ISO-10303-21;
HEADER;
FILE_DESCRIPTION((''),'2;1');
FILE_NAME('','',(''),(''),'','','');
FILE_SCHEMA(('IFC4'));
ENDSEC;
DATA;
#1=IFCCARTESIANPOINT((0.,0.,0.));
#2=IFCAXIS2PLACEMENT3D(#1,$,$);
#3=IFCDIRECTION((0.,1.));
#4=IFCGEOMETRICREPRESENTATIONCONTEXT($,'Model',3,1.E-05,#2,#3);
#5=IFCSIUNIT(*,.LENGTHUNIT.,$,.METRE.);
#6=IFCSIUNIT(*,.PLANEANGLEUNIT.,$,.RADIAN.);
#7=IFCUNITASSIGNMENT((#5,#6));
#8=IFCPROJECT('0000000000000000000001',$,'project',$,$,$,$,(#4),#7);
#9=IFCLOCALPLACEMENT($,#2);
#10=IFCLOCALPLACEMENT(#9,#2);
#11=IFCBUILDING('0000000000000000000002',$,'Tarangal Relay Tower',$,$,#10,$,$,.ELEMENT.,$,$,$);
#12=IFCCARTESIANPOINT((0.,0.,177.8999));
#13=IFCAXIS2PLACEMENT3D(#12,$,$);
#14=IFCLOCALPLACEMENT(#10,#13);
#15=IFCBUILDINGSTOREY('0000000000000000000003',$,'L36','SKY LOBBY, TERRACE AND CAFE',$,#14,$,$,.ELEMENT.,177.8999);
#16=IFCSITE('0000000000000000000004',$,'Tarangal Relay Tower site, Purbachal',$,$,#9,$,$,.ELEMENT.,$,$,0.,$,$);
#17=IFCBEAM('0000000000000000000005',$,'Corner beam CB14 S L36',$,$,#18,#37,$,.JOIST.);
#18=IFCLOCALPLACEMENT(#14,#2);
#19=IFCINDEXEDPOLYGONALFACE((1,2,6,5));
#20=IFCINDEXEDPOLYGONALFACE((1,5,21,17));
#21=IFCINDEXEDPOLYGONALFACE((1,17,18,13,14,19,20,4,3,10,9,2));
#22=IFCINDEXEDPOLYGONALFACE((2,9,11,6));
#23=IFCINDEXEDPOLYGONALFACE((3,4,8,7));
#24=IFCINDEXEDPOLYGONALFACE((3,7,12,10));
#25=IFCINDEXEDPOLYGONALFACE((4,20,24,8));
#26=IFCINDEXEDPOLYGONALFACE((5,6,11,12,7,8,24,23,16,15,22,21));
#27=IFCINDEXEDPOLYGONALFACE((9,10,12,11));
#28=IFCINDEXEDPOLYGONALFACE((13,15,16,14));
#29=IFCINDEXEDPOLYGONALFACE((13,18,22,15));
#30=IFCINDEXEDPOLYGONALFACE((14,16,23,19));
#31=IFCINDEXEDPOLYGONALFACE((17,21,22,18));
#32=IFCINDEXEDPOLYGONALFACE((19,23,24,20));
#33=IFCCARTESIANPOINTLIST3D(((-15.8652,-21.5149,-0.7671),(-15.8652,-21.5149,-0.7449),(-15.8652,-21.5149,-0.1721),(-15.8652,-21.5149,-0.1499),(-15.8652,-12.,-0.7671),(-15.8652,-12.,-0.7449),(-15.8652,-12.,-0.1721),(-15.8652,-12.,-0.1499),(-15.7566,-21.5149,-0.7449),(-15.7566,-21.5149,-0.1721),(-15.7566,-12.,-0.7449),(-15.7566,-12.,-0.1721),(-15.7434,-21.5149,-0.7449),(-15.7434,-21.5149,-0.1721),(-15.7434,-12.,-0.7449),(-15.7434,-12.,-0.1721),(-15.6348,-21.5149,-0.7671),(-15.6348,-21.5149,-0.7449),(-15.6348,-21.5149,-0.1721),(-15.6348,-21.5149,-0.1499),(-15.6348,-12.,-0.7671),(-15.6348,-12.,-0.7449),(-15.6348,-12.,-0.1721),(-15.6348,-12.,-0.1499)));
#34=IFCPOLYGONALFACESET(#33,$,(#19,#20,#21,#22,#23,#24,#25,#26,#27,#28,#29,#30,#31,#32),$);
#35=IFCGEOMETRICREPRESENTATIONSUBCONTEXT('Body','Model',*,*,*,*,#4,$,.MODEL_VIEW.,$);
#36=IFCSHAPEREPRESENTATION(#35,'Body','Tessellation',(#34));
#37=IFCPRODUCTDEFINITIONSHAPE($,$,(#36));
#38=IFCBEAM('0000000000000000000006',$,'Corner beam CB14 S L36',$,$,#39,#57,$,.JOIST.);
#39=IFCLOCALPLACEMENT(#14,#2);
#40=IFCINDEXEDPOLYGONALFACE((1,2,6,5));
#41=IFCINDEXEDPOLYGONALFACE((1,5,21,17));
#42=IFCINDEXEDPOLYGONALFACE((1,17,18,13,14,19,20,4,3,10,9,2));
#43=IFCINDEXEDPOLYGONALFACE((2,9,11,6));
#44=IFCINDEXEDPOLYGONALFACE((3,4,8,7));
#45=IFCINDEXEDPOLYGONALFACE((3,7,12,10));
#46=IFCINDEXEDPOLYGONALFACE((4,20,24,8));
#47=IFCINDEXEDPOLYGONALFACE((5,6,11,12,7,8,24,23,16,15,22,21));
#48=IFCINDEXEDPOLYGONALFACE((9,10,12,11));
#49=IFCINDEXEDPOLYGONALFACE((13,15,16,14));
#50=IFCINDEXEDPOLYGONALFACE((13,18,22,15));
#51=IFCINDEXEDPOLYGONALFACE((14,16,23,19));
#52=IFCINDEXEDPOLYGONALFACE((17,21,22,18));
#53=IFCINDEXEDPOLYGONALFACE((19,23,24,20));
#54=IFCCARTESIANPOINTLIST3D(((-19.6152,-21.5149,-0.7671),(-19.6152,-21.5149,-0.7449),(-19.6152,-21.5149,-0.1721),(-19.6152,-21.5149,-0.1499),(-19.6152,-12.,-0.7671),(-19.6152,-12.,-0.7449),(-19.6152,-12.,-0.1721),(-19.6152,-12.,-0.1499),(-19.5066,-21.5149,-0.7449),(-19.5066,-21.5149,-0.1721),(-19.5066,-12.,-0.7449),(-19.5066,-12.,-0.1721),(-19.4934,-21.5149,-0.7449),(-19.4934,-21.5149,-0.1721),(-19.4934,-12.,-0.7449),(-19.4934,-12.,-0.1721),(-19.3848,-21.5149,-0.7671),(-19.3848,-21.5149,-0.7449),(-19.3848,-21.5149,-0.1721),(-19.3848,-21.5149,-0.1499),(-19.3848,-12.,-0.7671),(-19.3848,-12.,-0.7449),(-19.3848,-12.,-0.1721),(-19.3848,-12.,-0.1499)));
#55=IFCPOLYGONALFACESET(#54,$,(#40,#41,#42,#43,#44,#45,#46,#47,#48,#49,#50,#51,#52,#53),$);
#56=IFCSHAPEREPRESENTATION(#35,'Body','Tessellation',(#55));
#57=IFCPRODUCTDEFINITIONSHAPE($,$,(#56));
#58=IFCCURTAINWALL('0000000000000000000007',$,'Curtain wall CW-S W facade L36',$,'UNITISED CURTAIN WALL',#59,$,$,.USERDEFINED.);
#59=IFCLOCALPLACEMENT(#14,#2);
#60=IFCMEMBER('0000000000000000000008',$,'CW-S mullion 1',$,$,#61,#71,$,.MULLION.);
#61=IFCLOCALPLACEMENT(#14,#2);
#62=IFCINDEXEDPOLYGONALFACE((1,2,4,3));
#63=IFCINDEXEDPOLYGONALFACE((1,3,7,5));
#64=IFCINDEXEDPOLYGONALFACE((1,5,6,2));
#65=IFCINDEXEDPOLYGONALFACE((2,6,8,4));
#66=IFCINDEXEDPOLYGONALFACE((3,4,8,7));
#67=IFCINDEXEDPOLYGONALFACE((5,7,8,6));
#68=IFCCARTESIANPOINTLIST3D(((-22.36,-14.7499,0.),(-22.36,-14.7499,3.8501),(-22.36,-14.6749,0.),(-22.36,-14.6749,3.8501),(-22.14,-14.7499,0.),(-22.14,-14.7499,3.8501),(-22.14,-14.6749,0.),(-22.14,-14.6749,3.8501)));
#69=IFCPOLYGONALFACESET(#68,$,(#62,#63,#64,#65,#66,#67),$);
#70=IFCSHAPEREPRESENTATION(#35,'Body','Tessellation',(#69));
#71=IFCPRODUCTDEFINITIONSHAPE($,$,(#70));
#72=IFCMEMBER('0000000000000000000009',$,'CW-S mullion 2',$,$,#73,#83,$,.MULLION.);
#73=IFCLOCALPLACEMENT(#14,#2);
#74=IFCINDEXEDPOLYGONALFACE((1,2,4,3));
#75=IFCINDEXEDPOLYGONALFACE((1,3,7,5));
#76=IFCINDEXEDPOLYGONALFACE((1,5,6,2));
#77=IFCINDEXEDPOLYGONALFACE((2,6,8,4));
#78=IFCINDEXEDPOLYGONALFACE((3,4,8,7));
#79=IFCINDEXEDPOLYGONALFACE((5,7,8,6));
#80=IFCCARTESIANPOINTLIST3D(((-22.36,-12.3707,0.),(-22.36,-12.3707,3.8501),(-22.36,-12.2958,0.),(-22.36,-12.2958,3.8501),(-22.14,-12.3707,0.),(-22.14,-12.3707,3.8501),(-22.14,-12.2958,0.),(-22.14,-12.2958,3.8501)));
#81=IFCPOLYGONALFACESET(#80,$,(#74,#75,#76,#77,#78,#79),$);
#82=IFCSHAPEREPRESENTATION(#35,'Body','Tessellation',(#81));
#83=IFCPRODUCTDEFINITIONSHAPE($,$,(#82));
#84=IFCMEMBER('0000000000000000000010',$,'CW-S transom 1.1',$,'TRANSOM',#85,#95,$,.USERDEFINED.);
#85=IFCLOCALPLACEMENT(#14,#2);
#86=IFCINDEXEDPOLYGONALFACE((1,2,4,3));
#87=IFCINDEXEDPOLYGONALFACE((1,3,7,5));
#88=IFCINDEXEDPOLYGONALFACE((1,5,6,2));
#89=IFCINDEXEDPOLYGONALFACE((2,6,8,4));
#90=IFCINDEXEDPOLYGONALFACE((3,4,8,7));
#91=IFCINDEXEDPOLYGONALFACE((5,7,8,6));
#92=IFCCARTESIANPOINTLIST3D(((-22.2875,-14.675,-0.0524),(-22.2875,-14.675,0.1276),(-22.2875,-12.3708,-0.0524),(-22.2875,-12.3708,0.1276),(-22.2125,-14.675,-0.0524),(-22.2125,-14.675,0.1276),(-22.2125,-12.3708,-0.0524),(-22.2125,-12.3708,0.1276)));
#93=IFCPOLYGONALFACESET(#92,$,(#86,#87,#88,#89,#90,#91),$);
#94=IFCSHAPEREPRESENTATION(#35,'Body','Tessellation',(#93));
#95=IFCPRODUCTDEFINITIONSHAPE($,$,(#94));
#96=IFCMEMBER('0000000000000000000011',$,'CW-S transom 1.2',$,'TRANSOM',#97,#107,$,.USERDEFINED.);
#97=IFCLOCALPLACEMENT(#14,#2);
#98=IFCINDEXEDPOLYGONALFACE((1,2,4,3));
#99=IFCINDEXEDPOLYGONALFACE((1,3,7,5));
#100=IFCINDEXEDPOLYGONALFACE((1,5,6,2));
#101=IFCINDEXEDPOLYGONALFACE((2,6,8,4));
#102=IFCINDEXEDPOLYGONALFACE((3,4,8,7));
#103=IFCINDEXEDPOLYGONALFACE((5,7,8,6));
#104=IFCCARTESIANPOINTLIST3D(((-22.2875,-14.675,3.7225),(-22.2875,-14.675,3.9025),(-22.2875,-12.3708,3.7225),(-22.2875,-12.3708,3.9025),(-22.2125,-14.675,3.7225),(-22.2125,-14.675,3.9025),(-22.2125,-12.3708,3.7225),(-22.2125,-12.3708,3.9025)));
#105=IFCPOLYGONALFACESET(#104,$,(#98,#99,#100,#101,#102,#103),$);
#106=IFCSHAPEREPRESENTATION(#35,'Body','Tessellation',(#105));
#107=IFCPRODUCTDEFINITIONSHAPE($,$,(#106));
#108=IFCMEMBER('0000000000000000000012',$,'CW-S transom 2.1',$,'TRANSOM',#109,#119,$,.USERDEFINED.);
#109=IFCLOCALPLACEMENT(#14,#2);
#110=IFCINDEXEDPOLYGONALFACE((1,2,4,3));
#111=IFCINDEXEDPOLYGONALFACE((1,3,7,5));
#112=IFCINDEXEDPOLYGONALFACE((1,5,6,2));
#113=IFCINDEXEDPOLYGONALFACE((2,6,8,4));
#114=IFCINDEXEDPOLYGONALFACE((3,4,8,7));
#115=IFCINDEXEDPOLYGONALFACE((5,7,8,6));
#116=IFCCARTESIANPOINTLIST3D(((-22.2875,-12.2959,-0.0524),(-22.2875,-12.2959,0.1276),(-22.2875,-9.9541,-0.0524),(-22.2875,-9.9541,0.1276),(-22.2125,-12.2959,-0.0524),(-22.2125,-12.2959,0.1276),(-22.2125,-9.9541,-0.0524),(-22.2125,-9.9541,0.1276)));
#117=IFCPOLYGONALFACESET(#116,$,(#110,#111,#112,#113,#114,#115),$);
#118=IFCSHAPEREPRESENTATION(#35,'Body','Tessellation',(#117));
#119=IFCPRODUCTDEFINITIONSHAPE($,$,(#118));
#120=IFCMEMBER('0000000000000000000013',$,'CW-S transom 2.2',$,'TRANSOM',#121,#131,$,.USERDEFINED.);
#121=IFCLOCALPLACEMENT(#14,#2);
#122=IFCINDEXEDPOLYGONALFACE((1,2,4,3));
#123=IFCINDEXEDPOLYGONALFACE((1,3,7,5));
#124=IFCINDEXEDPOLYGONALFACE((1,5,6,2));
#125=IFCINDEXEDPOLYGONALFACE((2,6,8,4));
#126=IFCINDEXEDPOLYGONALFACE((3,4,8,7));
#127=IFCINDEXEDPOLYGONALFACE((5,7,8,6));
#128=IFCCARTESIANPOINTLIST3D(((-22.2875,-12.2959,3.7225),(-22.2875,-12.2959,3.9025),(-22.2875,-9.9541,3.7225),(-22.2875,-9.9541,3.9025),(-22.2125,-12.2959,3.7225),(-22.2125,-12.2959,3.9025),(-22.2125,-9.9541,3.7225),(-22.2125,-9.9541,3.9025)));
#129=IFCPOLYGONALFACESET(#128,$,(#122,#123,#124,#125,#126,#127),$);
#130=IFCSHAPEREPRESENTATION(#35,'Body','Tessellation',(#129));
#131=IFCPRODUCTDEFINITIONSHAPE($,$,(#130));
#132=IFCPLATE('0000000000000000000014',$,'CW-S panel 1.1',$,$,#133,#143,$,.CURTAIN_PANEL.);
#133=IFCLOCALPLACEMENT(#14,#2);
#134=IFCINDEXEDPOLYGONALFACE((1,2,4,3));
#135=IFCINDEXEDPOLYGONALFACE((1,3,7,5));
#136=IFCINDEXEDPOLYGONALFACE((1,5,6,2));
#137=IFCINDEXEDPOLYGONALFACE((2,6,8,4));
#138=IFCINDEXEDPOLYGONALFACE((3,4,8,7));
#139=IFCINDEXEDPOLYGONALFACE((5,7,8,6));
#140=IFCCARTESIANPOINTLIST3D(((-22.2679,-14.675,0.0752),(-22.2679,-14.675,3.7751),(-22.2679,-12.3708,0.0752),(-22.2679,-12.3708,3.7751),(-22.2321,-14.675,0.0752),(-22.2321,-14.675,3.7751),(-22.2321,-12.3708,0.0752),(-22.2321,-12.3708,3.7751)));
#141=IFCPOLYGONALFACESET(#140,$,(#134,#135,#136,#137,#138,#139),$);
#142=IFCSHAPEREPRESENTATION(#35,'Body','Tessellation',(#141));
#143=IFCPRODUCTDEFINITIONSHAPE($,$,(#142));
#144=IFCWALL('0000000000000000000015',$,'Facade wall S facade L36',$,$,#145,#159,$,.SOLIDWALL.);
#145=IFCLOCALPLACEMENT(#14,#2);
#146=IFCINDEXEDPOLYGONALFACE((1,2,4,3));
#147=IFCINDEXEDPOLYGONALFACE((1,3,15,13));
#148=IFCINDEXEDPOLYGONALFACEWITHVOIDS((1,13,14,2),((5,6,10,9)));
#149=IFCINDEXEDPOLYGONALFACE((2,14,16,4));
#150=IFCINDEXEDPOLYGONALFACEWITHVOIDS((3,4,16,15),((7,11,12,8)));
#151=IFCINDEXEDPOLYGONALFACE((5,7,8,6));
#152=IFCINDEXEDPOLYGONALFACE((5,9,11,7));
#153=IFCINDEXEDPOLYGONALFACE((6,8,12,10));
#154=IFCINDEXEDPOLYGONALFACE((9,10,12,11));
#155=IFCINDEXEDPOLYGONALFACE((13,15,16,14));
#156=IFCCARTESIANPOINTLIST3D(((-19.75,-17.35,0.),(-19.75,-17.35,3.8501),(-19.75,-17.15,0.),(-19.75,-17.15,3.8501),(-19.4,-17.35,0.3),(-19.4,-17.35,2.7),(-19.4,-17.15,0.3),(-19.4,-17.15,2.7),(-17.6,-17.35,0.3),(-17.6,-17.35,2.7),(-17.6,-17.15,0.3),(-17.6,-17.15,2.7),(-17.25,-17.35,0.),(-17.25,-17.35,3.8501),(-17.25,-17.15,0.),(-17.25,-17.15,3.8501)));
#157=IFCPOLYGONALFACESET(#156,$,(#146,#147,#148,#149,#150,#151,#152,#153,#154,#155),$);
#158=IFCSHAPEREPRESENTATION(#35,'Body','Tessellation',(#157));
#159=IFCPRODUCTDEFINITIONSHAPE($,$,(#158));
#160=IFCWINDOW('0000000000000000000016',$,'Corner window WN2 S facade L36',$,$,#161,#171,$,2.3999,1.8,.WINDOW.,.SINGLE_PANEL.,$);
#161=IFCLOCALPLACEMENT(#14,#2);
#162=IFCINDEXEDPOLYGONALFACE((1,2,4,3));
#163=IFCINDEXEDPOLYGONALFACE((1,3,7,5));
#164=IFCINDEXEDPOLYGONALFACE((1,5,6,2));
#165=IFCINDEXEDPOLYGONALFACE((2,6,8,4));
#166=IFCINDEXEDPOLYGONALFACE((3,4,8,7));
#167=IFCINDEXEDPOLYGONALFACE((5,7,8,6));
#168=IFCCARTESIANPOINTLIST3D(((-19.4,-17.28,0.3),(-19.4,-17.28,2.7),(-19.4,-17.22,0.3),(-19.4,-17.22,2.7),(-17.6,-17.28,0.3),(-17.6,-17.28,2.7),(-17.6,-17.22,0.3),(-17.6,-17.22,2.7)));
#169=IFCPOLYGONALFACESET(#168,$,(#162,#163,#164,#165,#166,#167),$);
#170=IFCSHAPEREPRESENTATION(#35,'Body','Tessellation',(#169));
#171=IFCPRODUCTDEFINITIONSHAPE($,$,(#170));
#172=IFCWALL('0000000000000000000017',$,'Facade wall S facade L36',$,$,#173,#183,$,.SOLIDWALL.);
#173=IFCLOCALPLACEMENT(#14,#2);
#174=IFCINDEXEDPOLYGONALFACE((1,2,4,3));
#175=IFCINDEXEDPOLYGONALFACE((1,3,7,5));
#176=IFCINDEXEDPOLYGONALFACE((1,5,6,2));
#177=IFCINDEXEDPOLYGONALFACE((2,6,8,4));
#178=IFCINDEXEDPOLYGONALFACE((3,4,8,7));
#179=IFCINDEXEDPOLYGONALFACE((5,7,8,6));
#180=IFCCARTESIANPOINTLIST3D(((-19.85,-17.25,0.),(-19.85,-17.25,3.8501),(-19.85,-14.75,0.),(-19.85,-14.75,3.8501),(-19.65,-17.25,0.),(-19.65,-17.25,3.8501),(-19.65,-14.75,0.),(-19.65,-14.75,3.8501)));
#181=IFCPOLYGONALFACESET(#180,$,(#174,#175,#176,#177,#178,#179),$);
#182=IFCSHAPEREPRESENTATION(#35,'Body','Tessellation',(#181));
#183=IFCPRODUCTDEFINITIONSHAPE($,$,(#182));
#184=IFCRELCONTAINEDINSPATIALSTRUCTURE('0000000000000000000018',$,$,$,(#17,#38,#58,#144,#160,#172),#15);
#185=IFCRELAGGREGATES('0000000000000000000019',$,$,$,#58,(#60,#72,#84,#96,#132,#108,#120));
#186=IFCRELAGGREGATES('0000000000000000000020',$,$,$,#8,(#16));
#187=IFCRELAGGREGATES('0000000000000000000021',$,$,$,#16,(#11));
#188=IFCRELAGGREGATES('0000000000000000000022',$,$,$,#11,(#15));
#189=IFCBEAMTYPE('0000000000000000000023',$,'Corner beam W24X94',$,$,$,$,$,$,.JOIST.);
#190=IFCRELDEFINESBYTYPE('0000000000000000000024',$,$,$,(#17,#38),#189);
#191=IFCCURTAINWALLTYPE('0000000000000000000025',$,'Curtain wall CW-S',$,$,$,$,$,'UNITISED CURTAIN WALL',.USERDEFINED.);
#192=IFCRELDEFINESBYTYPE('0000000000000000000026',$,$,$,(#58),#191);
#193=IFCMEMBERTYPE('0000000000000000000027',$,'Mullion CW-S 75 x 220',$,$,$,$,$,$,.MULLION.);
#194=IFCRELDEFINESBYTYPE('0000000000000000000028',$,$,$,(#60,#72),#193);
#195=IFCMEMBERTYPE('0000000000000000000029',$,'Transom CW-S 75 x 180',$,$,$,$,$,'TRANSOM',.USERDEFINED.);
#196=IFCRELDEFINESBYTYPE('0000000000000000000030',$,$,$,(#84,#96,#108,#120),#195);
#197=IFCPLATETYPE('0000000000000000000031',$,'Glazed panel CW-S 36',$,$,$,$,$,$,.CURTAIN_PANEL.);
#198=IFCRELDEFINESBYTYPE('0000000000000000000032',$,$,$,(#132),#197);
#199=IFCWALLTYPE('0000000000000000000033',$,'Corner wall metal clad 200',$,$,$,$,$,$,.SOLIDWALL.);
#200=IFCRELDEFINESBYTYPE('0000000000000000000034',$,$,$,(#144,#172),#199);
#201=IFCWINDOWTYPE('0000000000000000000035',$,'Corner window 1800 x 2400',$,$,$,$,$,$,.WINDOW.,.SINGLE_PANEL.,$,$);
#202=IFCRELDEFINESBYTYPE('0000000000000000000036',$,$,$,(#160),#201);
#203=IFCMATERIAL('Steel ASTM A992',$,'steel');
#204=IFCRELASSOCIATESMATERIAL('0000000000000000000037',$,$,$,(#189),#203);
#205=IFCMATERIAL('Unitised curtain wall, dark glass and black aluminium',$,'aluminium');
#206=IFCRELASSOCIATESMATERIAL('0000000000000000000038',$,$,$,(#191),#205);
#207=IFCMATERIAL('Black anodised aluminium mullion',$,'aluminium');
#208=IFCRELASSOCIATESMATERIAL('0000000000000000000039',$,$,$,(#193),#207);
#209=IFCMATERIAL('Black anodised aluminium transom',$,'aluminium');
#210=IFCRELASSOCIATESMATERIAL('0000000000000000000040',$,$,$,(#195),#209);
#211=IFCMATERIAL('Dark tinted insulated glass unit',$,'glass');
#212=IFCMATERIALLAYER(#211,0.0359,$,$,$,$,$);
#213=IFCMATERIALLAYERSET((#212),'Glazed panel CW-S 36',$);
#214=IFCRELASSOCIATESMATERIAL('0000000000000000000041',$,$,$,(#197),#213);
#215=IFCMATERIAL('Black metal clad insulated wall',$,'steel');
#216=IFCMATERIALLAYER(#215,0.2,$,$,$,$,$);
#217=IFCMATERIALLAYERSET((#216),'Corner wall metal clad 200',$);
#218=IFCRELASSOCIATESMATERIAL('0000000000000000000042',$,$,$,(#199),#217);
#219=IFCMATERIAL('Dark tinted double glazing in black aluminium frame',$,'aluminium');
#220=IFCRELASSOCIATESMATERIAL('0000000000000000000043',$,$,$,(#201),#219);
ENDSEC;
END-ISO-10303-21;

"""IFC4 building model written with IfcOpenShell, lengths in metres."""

from ifc_helpers import new_model, si_unit, direction, frame, frame_2d, origin, origin_2d, place, context, subcontext, project, spatial, rectangle, i_section, extrude, material, layer, layer_set, material_profile, profile_set, type_object, element, fill, aggregate, save


model = new_model("IFC4")

# Units and contexts
model_context = context("Model", 3, precision=1e-05, world=origin(), true_north=direction((0.0, 1.0)))
body_context = subcontext(model_context, "Body", "Model", "MODEL_VIEW")
ifc_project = project(units=[si_unit("LENGTHUNIT", "METRE"), si_unit("PLANEANGLEUNIT", "RADIAN")], contexts=[model_context])

# Site, building, storey
site_placement = place(None, origin())
site = spatial("IfcSite", under=ifc_project, at=site_placement, Name="Tarangal Relay Tower site, Purbachal", CompositionType="ELEMENT", RefElevation=0.0)
building_placement = place(site_placement, origin())
building = spatial("IfcBuilding", under=site, at=building_placement, Name="Tarangal Relay Tower", CompositionType="ELEMENT")
storey_placement = place(building_placement, frame((0.0, 0.0, 177.8999)))
storey = spatial("IfcBuildingStorey", under=building, at=storey_placement, Name="L36", Description="SKY LOBBY, TERRACE AND CAFE", CompositionType="ELEMENT", Elevation=177.8999)

# Beams
ifc_material_1 = material(Name="Steel ASTM A992", Category="steel")
ifc_material_profile_1 = material_profile(ifc_material_1, i_section(OverallWidth=0.2305, OverallDepth=0.6172, WebThickness=0.0132, FlangeThickness=0.0222, at=origin_2d()), Name="W24X94")
ifc_profile_set_1 = profile_set([ifc_material_profile_1], Name="Steel ASTM A992")
beam_type = type_object("IfcBeamType", Name="Corner beam W24X94", PredefinedType="JOIST", material=ifc_profile_set_1)
for number, where, z_axis, x_axis, name in (
    (1, (-15.75, -12.0, -0.4585), (0.0, -1.0, 0.0), (1.0, 0.0, 0.0), "Corner beam CB14 S L36"),
    (2, (-19.5, -12.0, -0.4585), (0.0, -1.0, 0.0), (1.0, 0.0, 0.0), "Corner beam CB14 S L36"),
):
    element("IfcBeam", number, at=place(storey_placement, frame(where, z_axis=z_axis, x_axis=x_axis)), inside=storey, type_object=beam_type, Name=name, PredefinedType="JOIST", context=body_context, shape_type="SweptSolid", body=[
        extrude(i_section(OverallWidth=0.2305, OverallDepth=0.6172, WebThickness=0.0132, FlangeThickness=0.0222, at=origin_2d()), origin(), (0.0, 0.0, 1.0), 9.5149),
    ])

# Curtain wall, members, plate
ifc_material_2 = material(Name="Unitised curtain wall, dark glass and black aluminium", Category="aluminium")
curtain_wall_type = type_object("IfcCurtainWallType", Name="Curtain wall CW-S", ElementType="UNITISED CURTAIN WALL", PredefinedType="USERDEFINED", material=ifc_material_2)
curtain_wall_placement = place(storey_placement, origin())
curtain_wall = element("IfcCurtainWall", 3, at=curtain_wall_placement, inside=storey, type_object=curtain_wall_type, Name="Curtain wall CW-S W facade L36", ObjectType="UNITISED CURTAIN WALL", PredefinedType="USERDEFINED")
ifc_material_3 = material(Name="Black anodised aluminium mullion", Category="aluminium")
ifc_material_profile_2 = material_profile(ifc_material_3, rectangle(XDim=0.22, YDim=0.075, at=origin_2d()), Name="CW-SM 75X220")
ifc_profile_set_2 = profile_set([ifc_material_profile_2], Name="Black anodised aluminium mullion")
member_type_1 = type_object("IfcMemberType", Name="Mullion CW-S 75 x 220", PredefinedType="MULLION", material=ifc_profile_set_2)
member_1_placement = place(storey_placement, frame((-22.25, -14.7124, 0.0), z_axis=(0.0, 0.0, 1.0), x_axis=(-1.0, 0.0, 0.0)))
member_1 = element("IfcMember", 4, at=member_1_placement, type_object=member_type_1, Name="CW-S mullion 1", PredefinedType="MULLION", context=body_context, shape_type="SweptSolid", body=[
    extrude(rectangle(XDim=0.22, YDim=0.075, at=origin_2d()), origin(), (0.0, 0.0, 1.0), 3.8501),
])
member_2_placement = place(storey_placement, frame((-22.25, -12.3333, 0.0), z_axis=(0.0, 0.0, 1.0), x_axis=(-1.0, 0.0, 0.0)))
member_2 = element("IfcMember", 5, at=member_2_placement, type_object=member_type_1, Name="CW-S mullion 2", PredefinedType="MULLION", context=body_context, shape_type="SweptSolid", body=[
    extrude(rectangle(XDim=0.22, YDim=0.075, at=origin_2d()), origin(), (0.0, 0.0, 1.0), 3.8501),
])
ifc_material_4 = material(Name="Black anodised aluminium transom", Category="aluminium")
ifc_material_profile_3 = material_profile(ifc_material_4, rectangle(XDim=0.075, YDim=0.1799, at=origin_2d()), Name="CW-ST 75X180")
ifc_profile_set_3 = profile_set([ifc_material_profile_3], Name="Black anodised aluminium transom")
member_type_2 = type_object("IfcMemberType", Name="Transom CW-S 75 x 180", ElementType="TRANSOM", PredefinedType="USERDEFINED", material=ifc_profile_set_3)
member_3_placement = place(storey_placement, frame((-22.25, -14.675, 0.0376), z_axis=(0.0, 1.0, 0.0), x_axis=(-1.0, 0.0, 0.0)))
member_3 = element("IfcMember", 6, at=member_3_placement, type_object=member_type_2, Name="CW-S transom 1.1", ObjectType="TRANSOM", PredefinedType="USERDEFINED", context=body_context, shape_type="SweptSolid", body=[
    extrude(rectangle(XDim=0.075, YDim=0.1799, at=origin_2d()), origin(), (0.0, 0.0, 1.0), 2.3042),
])
member_4_placement = place(storey_placement, frame((-22.25, -14.675, 3.8125), z_axis=(0.0, 1.0, 0.0), x_axis=(-1.0, 0.0, 0.0)))
member_4 = element("IfcMember", 7, at=member_4_placement, type_object=member_type_2, Name="CW-S transom 1.2", ObjectType="TRANSOM", PredefinedType="USERDEFINED", context=body_context, shape_type="SweptSolid", body=[
    extrude(rectangle(XDim=0.075, YDim=0.1799, at=origin_2d()), origin(), (0.0, 0.0, 1.0), 2.3042),
])
member_5_placement = place(storey_placement, frame((-22.25, -12.2959, 0.0376), z_axis=(0.0, 1.0, 0.0), x_axis=(-1.0, 0.0, 0.0)))
member_5 = element("IfcMember", 8, at=member_5_placement, type_object=member_type_2, Name="CW-S transom 2.1", ObjectType="TRANSOM", PredefinedType="USERDEFINED", context=body_context, shape_type="SweptSolid", body=[
    extrude(rectangle(XDim=0.075, YDim=0.1799, at=origin_2d()), origin(), (0.0, 0.0, 1.0), 2.3418),
])
member_6_placement = place(storey_placement, frame((-22.25, -12.2959, 3.8125), z_axis=(0.0, 1.0, 0.0), x_axis=(-1.0, 0.0, 0.0)))
member_6 = element("IfcMember", 9, at=member_6_placement, type_object=member_type_2, Name="CW-S transom 2.2", ObjectType="TRANSOM", PredefinedType="USERDEFINED", context=body_context, shape_type="SweptSolid", body=[
    extrude(rectangle(XDim=0.075, YDim=0.1799, at=origin_2d()), origin(), (0.0, 0.0, 1.0), 2.3418),
])
ifc_material_5 = material(Name="Dark tinted insulated glass unit", Category="glass")
ifc_layer_1 = layer(ifc_material_5, 0.0359)
ifc_layer_set_1 = layer_set([ifc_layer_1], Name="Glazed panel CW-S 36")
plate_type = type_object("IfcPlateType", Name="Glazed panel CW-S 36", PredefinedType="CURTAIN_PANEL", material=ifc_layer_set_1)
plate_placement = place(storey_placement, frame((-22.25, -13.5229, 0.0752), z_axis=(0.0, 0.0, 1.0), x_axis=(0.0, 1.0, 0.0)))
plate = element("IfcPlate", 10, at=plate_placement, type_object=plate_type, Name="CW-S panel 1.1", PredefinedType="CURTAIN_PANEL", context=body_context, shape_type="SweptSolid", body=[
    extrude(rectangle(XDim=2.3042, YDim=0.0359, at=origin_2d()), origin(), (0.0, 0.0, 1.0), 3.7),
])
aggregate(curtain_wall, [member_1, member_2, member_3, member_4, plate, member_5, member_6])

# Wall, opening, window
ifc_material_6 = material(Name="Black metal clad insulated wall", Category="steel")
ifc_layer_2 = layer(ifc_material_6, 0.2)
ifc_layer_set_2 = layer_set([ifc_layer_2], Name="Corner wall metal clad 200")
wall_type_1 = type_object("IfcWallType", Name="Corner wall metal clad 200", PredefinedType="SOLIDWALL", material=ifc_layer_set_2)
wall_1_placement = place(storey_placement, frame((-17.25, -17.25, 0.0), z_axis=(0.0, 0.0, 1.0), x_axis=(-1.0, 0.0, 0.0)))
wall_1 = element("IfcWall", 11, at=wall_1_placement, inside=storey, type_object=wall_type_1, Name="Facade wall S facade L36", PredefinedType="SOLIDWALL", context=body_context, shape_type="SweptSolid", body=[
    extrude(rectangle(XDim=2.5, YDim=0.2, at=frame_2d((1.25, 0.0))), origin(), (0.0, 0.0, 1.0), 3.8501),
])
opening_1_placement = place(wall_1_placement, frame((0.3501, 0.0, 0.3)))
opening_1 = element("IfcOpeningElement", 12, at=opening_1_placement, cuts=wall_1, PredefinedType="OPENING", context=body_context, shape_type="SweptSolid", body=[
    extrude(rectangle(XDim=1.8, YDim=2.3999, at=frame_2d((0.8999, 1.2))), frame((0.0, 0.1099, 0.0), z_axis=(0.0, -1.0, 0.0), x_axis=(1.0, 0.0, 0.0)), (0.0, 0.0, 1.0), 0.22),
])
ifc_material_7 = material(Name="Dark tinted double glazing in black aluminium frame", Category="aluminium")
window_type = type_object("IfcWindowType", Name="Corner window 1800 x 2400", PartitioningType="SINGLE_PANEL", PredefinedType="WINDOW", material=ifc_material_7)
window_1_placement = place(opening_1_placement, origin())
window_1 = element("IfcWindow", 13, at=window_1_placement, inside=storey, type_object=window_type, Name="Corner window WN2 S facade L36", OverallHeight=2.3999, OverallWidth=1.8, PartitioningType="SINGLE_PANEL", PredefinedType="WINDOW", context=body_context, shape_type="SweptSolid", body=[
    extrude(rectangle(XDim=1.8, YDim=2.3999, at=frame_2d((0.8999, 1.2))), frame((0.0, 0.03, 0.0), z_axis=(0.0, -1.0, 0.0), x_axis=(1.0, 0.0, 0.0)), (0.0, 0.0, 1.0), 0.0601),
])
fill(opening_1, window_1)

# Wall
wall_2_placement = place(storey_placement, frame((-19.75, -17.25, 0.0), z_axis=(0.0, 0.0, 1.0), x_axis=(0.0, 1.0, 0.0)))
element("IfcWall", 14, at=wall_2_placement, inside=storey, type_object=wall_type_1, Name="Facade wall S facade L36", PredefinedType="SOLIDWALL", context=body_context, shape_type="SweptSolid", body=[
    extrude(rectangle(XDim=2.5, YDim=0.2, at=frame_2d((1.25, 0.0))), origin(), (0.0, 0.0, 1.0), 3.8501),
])

save(model, "model.ifc")
